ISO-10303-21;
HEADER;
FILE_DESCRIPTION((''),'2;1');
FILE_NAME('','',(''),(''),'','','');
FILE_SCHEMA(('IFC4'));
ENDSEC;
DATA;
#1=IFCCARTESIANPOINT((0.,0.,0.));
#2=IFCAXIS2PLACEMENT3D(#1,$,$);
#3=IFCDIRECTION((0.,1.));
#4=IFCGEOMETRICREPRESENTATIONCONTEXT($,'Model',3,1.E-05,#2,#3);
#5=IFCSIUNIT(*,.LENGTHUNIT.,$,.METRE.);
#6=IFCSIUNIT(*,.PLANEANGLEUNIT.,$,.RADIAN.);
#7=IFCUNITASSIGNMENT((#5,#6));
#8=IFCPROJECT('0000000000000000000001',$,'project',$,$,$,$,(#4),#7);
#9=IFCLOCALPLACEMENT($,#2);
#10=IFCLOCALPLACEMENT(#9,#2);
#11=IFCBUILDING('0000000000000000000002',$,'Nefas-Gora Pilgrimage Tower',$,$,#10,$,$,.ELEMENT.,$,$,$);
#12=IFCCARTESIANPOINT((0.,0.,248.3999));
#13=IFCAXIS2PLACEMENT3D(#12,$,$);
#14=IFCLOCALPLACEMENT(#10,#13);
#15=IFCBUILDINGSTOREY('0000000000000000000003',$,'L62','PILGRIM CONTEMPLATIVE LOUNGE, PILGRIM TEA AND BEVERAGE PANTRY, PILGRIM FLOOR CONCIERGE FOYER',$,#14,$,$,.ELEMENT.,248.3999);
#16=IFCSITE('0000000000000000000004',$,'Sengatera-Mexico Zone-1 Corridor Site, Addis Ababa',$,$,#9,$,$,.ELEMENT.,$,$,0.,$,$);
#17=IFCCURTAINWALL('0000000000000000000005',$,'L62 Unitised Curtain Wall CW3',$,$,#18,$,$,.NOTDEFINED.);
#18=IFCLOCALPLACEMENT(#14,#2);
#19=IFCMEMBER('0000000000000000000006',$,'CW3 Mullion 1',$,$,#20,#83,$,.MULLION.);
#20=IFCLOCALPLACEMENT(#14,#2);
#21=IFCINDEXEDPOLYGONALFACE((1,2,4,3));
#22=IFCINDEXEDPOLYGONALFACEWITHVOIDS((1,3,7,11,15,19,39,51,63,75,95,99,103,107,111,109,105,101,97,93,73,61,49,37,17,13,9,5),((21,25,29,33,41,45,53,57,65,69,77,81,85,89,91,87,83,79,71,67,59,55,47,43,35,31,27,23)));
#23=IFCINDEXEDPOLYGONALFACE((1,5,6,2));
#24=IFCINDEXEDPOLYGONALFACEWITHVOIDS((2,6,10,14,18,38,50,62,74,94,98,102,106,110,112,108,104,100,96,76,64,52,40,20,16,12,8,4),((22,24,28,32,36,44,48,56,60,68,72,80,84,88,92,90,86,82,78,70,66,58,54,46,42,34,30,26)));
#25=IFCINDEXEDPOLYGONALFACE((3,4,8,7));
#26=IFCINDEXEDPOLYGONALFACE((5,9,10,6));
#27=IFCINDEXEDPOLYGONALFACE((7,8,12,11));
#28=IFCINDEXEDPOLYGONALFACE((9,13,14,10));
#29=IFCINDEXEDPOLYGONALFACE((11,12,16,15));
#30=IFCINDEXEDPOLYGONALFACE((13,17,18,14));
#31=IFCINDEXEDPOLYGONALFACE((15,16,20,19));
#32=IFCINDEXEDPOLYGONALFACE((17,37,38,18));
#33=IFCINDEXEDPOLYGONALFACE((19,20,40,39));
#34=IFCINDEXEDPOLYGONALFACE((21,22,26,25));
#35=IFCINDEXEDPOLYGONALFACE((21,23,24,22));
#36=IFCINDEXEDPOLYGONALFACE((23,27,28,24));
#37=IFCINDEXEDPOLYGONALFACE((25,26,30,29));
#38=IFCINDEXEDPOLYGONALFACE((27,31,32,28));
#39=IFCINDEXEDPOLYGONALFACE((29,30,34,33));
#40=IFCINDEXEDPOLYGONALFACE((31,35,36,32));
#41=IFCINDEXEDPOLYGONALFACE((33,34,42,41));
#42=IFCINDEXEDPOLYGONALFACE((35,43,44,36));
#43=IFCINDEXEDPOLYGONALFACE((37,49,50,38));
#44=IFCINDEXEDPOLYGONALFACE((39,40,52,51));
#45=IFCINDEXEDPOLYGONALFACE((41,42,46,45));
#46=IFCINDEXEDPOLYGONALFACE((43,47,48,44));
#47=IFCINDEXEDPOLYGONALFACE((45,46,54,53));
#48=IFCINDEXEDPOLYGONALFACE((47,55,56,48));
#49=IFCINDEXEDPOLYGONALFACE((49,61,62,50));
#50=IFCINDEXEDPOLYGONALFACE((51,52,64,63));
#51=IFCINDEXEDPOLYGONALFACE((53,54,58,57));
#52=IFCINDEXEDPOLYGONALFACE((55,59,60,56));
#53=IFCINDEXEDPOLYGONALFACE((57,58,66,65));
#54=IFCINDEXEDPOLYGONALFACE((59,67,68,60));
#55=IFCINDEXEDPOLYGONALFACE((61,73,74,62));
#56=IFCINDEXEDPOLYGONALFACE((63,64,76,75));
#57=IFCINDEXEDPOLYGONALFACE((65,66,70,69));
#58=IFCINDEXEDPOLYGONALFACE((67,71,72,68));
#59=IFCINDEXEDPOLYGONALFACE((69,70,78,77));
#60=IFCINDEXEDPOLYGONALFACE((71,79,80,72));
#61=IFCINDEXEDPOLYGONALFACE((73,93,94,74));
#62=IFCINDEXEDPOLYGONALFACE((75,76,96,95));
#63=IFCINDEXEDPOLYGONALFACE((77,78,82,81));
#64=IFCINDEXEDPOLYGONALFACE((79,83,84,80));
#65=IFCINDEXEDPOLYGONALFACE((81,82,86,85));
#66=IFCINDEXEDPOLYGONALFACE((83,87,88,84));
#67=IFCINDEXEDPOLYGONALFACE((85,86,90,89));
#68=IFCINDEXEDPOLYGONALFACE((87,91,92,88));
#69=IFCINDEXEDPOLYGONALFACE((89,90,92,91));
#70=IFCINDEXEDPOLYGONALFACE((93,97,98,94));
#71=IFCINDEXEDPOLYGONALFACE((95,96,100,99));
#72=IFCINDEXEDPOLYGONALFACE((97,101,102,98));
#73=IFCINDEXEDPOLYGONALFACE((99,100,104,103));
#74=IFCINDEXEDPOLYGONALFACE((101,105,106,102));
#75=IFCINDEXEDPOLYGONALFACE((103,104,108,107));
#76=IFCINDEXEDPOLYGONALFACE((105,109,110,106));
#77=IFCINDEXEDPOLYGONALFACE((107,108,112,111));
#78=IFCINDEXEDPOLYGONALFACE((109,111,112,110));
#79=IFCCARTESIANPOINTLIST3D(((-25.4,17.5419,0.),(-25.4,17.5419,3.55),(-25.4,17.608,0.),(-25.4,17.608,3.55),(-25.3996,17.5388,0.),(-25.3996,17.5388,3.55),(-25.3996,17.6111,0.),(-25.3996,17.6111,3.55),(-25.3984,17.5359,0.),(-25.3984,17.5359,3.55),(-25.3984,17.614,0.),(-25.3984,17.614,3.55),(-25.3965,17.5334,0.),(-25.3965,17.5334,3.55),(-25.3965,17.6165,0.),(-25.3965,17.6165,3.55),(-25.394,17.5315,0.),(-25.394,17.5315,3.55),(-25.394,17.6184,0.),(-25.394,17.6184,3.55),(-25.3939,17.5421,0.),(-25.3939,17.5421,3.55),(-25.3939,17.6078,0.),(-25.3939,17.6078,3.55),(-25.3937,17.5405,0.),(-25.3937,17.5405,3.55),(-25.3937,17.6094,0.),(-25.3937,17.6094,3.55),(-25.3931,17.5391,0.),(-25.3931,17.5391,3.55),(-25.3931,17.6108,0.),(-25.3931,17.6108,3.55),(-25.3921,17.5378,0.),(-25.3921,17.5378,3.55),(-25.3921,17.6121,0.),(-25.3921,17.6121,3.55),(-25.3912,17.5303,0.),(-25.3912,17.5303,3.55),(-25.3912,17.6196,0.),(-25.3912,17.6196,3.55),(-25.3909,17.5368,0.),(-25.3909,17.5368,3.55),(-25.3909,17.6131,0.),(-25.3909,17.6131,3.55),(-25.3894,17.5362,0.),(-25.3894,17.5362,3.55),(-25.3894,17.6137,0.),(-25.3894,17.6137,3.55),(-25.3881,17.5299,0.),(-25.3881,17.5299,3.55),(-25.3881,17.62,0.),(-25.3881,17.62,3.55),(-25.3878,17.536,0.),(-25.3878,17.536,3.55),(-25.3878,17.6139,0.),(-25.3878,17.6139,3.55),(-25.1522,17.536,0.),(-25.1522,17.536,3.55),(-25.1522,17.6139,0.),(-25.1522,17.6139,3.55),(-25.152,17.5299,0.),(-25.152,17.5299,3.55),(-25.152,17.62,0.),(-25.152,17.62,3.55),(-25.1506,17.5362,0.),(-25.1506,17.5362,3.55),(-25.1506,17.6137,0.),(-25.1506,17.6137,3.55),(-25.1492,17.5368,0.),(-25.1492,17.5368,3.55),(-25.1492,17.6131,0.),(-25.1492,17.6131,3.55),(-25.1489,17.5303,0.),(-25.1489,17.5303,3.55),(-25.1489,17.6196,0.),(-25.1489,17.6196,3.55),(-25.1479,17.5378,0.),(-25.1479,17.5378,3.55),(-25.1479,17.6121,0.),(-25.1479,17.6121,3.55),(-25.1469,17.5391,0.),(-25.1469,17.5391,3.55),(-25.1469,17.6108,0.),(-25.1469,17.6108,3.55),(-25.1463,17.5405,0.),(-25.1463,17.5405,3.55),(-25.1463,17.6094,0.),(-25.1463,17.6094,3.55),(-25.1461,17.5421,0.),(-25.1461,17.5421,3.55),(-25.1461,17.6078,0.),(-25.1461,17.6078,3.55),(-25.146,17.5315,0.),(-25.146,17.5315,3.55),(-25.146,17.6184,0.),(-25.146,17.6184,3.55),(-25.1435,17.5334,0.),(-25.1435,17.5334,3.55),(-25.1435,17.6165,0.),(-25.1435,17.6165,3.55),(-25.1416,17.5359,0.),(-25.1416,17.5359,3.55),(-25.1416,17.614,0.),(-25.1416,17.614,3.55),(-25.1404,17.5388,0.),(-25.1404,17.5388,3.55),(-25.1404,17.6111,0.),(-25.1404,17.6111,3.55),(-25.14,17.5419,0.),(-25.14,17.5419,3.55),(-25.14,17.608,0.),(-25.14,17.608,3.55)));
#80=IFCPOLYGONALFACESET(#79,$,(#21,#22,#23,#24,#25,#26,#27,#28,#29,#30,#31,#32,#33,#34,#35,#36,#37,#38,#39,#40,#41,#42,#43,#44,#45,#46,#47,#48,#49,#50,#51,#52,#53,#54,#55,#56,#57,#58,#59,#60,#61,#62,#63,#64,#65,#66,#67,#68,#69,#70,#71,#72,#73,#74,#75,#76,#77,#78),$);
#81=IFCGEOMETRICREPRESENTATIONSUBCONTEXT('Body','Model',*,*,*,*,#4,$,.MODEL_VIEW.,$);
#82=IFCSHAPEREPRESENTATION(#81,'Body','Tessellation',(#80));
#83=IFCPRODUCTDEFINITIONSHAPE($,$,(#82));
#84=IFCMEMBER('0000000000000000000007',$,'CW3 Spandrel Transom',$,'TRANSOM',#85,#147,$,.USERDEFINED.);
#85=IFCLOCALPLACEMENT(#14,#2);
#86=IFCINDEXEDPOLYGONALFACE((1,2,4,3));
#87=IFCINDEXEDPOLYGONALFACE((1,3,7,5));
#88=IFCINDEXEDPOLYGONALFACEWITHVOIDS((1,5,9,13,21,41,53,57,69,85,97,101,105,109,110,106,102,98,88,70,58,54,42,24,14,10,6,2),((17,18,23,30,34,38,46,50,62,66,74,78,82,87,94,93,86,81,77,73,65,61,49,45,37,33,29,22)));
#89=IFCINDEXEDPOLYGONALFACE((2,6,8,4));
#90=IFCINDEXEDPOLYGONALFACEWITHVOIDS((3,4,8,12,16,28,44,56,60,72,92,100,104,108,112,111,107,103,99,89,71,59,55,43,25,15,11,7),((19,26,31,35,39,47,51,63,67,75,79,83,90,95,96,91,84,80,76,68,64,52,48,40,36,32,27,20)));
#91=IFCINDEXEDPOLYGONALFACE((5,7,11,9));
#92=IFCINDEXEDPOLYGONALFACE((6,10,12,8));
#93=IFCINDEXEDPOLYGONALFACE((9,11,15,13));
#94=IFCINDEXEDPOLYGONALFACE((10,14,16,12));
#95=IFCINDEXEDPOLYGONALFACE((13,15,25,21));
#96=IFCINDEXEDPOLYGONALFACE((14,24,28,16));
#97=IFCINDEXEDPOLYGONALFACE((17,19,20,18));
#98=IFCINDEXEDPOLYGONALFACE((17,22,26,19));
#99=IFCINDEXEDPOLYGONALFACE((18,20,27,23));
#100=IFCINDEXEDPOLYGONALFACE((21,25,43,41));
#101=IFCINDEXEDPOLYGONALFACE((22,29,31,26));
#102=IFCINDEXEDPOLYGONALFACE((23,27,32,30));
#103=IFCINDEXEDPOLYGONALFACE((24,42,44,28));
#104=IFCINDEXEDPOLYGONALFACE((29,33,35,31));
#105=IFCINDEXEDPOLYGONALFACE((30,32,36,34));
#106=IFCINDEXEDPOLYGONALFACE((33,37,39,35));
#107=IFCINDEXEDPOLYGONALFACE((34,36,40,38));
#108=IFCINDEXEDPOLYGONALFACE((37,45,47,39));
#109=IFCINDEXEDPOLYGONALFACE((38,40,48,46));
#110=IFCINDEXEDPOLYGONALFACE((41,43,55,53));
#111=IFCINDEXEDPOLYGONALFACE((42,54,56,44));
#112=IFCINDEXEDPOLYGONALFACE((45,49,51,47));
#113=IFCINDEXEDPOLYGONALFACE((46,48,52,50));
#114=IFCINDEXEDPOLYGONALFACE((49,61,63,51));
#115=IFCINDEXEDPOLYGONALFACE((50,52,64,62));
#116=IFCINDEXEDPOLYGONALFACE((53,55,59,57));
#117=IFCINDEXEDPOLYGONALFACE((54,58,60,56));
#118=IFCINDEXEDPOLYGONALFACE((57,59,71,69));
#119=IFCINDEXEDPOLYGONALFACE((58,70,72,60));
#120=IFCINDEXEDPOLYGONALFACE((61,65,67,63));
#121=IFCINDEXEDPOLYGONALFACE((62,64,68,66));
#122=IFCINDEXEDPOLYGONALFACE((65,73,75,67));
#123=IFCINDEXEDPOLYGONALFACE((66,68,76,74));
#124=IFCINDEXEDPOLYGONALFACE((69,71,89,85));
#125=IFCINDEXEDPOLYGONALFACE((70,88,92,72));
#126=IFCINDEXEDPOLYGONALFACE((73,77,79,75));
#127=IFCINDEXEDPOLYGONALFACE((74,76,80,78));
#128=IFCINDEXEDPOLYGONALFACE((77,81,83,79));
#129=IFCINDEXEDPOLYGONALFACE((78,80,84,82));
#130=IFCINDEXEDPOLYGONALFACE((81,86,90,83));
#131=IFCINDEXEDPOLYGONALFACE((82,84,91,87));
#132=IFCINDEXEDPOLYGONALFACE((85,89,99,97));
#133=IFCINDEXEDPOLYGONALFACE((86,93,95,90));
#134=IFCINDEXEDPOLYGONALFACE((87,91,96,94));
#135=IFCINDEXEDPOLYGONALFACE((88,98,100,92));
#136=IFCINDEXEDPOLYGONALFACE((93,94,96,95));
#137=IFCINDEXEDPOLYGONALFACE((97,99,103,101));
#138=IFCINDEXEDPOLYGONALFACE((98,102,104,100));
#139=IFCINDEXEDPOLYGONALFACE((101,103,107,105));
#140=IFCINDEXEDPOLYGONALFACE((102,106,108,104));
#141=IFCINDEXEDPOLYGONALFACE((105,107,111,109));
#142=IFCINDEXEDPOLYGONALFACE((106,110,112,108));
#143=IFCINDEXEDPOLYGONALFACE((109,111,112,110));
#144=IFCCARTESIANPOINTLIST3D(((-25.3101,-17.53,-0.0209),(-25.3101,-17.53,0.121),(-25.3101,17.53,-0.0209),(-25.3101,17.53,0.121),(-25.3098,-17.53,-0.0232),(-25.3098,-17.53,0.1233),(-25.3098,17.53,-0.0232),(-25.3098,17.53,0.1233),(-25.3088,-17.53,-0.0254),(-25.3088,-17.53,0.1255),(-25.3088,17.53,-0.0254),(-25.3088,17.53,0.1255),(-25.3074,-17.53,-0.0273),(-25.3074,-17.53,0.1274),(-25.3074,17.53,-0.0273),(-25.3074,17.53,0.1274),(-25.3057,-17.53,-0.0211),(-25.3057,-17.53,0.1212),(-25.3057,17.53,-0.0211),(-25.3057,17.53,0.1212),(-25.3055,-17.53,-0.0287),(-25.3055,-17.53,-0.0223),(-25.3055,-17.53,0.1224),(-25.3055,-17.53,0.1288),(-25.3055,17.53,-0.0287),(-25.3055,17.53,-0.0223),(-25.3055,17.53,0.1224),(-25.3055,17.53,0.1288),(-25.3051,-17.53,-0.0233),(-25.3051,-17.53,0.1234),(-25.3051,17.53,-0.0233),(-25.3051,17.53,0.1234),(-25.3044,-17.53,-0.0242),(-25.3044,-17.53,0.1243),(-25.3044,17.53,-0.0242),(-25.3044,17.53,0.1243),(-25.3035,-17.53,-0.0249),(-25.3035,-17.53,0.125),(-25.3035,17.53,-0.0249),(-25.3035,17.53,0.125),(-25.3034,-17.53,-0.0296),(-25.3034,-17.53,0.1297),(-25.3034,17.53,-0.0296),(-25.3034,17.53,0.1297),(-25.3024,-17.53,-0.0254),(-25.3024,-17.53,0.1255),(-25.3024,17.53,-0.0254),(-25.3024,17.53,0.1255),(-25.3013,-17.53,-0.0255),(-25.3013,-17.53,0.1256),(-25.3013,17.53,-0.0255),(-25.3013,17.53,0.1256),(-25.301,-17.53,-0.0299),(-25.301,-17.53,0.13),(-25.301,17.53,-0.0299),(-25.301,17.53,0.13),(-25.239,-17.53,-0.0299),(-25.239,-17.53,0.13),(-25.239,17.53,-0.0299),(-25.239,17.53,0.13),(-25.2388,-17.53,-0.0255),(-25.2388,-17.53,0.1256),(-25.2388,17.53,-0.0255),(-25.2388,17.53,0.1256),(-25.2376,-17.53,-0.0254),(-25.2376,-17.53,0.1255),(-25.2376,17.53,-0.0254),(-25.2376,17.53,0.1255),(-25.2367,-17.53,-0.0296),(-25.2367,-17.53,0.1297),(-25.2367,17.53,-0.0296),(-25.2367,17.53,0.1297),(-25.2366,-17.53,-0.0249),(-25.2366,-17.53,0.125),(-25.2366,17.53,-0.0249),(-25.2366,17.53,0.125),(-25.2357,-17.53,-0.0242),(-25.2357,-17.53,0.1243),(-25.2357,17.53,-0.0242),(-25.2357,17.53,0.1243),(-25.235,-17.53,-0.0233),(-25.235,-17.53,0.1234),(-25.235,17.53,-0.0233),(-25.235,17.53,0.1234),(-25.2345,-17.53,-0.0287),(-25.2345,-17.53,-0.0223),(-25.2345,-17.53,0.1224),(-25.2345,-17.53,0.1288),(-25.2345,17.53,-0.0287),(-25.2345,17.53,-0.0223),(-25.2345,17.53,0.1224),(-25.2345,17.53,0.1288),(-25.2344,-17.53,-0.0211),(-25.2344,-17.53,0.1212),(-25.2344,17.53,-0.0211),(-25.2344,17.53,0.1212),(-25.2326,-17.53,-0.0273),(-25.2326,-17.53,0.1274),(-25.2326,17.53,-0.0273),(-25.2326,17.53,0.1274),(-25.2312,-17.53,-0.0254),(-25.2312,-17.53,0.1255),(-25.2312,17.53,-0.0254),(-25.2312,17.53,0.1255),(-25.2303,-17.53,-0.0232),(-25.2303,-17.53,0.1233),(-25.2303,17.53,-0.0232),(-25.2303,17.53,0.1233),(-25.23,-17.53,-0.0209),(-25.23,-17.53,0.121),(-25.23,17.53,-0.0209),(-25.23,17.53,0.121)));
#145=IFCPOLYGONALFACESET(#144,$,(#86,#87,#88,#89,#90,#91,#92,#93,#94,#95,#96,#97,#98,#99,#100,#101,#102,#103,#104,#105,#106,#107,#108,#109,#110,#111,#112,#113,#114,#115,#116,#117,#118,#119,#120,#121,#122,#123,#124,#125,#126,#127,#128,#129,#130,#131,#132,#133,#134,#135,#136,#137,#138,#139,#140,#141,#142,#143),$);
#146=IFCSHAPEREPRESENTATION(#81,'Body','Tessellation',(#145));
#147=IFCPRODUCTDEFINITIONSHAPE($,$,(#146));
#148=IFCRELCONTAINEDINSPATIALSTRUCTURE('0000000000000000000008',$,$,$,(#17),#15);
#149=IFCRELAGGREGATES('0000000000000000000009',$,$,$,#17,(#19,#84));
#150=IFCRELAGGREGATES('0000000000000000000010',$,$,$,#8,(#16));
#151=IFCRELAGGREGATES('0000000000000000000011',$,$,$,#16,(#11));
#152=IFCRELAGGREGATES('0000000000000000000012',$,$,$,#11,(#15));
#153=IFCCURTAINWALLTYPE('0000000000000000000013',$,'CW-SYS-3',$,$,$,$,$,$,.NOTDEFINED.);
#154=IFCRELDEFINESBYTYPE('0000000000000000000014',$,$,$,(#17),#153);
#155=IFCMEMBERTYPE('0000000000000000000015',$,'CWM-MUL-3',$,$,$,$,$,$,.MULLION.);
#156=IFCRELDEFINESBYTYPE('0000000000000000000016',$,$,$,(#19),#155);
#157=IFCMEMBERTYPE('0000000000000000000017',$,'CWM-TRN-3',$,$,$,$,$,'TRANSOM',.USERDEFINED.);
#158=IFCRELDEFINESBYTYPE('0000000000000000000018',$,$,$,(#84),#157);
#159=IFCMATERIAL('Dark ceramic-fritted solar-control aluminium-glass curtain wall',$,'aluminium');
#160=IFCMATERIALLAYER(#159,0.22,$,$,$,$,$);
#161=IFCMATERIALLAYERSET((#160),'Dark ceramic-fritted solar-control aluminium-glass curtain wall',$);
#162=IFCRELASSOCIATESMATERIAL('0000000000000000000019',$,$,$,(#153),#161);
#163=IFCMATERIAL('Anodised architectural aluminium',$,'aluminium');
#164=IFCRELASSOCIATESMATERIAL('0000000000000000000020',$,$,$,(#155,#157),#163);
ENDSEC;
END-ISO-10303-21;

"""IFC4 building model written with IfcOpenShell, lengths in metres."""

from ifc_helpers import new_model, si_unit, direction, frame, origin, origin_2d, place, context, subcontext, project, spatial, hollow_rectangle, extrude, source, transform, mapped, material, layer, layer_set, material_profile, profile_set, type_object, element, aggregate, save


model = new_model("IFC4")

# Units and contexts
model_context = context("Model", 3, precision=1e-05, world=origin(), true_north=direction((0.0, 1.0)))
body_context = subcontext(model_context, "Body", "Model", "MODEL_VIEW")
ifc_project = project(units=[si_unit("LENGTHUNIT", "METRE"), si_unit("PLANEANGLEUNIT", "RADIAN")], contexts=[model_context])

# Site, building, storey
site_placement = place(None, origin())
site = spatial("IfcSite", under=ifc_project, at=site_placement, Name="Sengatera-Mexico Zone-1 Corridor Site, Addis Ababa", CompositionType="ELEMENT", RefElevation=0.0)
building_placement = place(site_placement, origin())
building = spatial("IfcBuilding", under=site, at=building_placement, Name="Nefas-Gora Pilgrimage Tower", CompositionType="ELEMENT")
storey_placement = place(building_placement, frame((0.0, 0.0, 248.3999)))
storey = spatial("IfcBuildingStorey", under=building, at=storey_placement, Name="L62", Description="PILGRIM CONTEMPLATIVE LOUNGE, PILGRIM TEA AND BEVERAGE PANTRY, PILGRIM FLOOR CONCIERGE FOYER", CompositionType="ELEMENT", Elevation=248.3999)

# Curtain wall, members
ifc_material_1 = material(Name="Dark ceramic-fritted solar-control aluminium-glass curtain wall", Category="aluminium")
ifc_material_2 = material(Name="Anodised architectural aluminium", Category="aluminium")
ifc_layer_1 = layer(ifc_material_1, 0.22)
ifc_layer_set_1 = layer_set([ifc_layer_1], Name="Dark ceramic-fritted solar-control aluminium-glass curtain wall")
curtain_wall_type_1 = type_object("IfcCurtainWallType", Name="CW-SYS-3", PredefinedType="NOTDEFINED", material=ifc_layer_set_1)
ifc_material_profile_1 = material_profile(ifc_material_2, hollow_rectangle(XDim=0.0901, YDim=0.26, WallThickness=0.0061, InnerFilletRadius=0.0061, OuterFilletRadius=0.012, at=origin_2d()), Name="ALU MULLION 90x260")
ifc_profile_set_1 = profile_set([ifc_material_profile_1], Name="Anodised architectural aluminium")
member_type_1 = type_object("IfcMemberType", Name="CWM-MUL-3", PredefinedType="MULLION", material=ifc_profile_set_1)
shared_shape_1 = source(origin(), body_context, "Body", "SweptSolid", [
    extrude(hollow_rectangle(XDim=0.0901, YDim=0.26, WallThickness=0.0061, InnerFilletRadius=0.0061, OuterFilletRadius=0.012, at=origin_2d()), origin(), (0.0, 0.0, 1.0), 3.55),
])
curtain_wall_1_placement = place(storey_placement, origin())
curtain_wall_1 = element("IfcCurtainWall", 1, at=curtain_wall_1_placement, inside=storey, type_object=curtain_wall_type_1, Name="L62 Unitised Curtain Wall CW3", PredefinedType="NOTDEFINED")
member_1_placement = place(storey_placement, frame((-25.27, 17.575, 0.0), z_axis=(0.0, 0.0, 1.0), x_axis=(0.0, -1.0, 0.0)))
member_1 = element("IfcMember", 2, at=member_1_placement, type_object=member_type_1, Name="CW3 Mullion 1", PredefinedType="MULLION", context=body_context, shape_type="MappedRepresentation", body=[
    mapped(shared_shape_1, transform((0.0, 0.0, 0.0), x_axis=(1.0, 0.0, 0.0), y_axis=(0.0, 1.0, 0.0), z_axis=(0.0, 0.0, 1.0), scale=1.0)),
])
ifc_material_profile_2 = material_profile(ifc_material_2, hollow_rectangle(XDim=0.0801, YDim=0.1599, WallThickness=0.0044, InnerFilletRadius=0.0044, OuterFilletRadius=0.009, at=origin_2d()), Name="ALU TRANSOM 80x160")
ifc_profile_set_2 = profile_set([ifc_material_profile_2], Name="Anodised architectural aluminium")
member_type_2 = type_object("IfcMemberType", Name="CWM-TRN-3", ElementType="TRANSOM", PredefinedType="USERDEFINED", material=ifc_profile_set_2)
shared_shape_2 = source(origin(), body_context, "Body", "SweptSolid", [
    extrude(hollow_rectangle(XDim=0.0801, YDim=0.1599, WallThickness=0.0044, InnerFilletRadius=0.0044, OuterFilletRadius=0.009, at=origin_2d()), origin(), (0.0, 0.0, 1.0), 35.0601),
])
member_2_placement = place(storey_placement, frame((-25.27, 17.53, 0.05), z_axis=(0.0, -1.0, 0.0), x_axis=(1.0, 0.0, 0.0)))
member_2 = element("IfcMember", 3, at=member_2_placement, type_object=member_type_2, Name="CW3 Spandrel Transom", ObjectType="TRANSOM", PredefinedType="USERDEFINED", context=body_context, shape_type="MappedRepresentation", body=[
    mapped(shared_shape_2, transform((0.0, 0.0, 0.0), x_axis=(1.0, 0.0, 0.0), y_axis=(0.0, 1.0, 0.0), z_axis=(0.0, 0.0, 1.0), scale=1.0)),
])
aggregate(curtain_wall_1, [member_1, member_2])

save(model, "model.ifc")
